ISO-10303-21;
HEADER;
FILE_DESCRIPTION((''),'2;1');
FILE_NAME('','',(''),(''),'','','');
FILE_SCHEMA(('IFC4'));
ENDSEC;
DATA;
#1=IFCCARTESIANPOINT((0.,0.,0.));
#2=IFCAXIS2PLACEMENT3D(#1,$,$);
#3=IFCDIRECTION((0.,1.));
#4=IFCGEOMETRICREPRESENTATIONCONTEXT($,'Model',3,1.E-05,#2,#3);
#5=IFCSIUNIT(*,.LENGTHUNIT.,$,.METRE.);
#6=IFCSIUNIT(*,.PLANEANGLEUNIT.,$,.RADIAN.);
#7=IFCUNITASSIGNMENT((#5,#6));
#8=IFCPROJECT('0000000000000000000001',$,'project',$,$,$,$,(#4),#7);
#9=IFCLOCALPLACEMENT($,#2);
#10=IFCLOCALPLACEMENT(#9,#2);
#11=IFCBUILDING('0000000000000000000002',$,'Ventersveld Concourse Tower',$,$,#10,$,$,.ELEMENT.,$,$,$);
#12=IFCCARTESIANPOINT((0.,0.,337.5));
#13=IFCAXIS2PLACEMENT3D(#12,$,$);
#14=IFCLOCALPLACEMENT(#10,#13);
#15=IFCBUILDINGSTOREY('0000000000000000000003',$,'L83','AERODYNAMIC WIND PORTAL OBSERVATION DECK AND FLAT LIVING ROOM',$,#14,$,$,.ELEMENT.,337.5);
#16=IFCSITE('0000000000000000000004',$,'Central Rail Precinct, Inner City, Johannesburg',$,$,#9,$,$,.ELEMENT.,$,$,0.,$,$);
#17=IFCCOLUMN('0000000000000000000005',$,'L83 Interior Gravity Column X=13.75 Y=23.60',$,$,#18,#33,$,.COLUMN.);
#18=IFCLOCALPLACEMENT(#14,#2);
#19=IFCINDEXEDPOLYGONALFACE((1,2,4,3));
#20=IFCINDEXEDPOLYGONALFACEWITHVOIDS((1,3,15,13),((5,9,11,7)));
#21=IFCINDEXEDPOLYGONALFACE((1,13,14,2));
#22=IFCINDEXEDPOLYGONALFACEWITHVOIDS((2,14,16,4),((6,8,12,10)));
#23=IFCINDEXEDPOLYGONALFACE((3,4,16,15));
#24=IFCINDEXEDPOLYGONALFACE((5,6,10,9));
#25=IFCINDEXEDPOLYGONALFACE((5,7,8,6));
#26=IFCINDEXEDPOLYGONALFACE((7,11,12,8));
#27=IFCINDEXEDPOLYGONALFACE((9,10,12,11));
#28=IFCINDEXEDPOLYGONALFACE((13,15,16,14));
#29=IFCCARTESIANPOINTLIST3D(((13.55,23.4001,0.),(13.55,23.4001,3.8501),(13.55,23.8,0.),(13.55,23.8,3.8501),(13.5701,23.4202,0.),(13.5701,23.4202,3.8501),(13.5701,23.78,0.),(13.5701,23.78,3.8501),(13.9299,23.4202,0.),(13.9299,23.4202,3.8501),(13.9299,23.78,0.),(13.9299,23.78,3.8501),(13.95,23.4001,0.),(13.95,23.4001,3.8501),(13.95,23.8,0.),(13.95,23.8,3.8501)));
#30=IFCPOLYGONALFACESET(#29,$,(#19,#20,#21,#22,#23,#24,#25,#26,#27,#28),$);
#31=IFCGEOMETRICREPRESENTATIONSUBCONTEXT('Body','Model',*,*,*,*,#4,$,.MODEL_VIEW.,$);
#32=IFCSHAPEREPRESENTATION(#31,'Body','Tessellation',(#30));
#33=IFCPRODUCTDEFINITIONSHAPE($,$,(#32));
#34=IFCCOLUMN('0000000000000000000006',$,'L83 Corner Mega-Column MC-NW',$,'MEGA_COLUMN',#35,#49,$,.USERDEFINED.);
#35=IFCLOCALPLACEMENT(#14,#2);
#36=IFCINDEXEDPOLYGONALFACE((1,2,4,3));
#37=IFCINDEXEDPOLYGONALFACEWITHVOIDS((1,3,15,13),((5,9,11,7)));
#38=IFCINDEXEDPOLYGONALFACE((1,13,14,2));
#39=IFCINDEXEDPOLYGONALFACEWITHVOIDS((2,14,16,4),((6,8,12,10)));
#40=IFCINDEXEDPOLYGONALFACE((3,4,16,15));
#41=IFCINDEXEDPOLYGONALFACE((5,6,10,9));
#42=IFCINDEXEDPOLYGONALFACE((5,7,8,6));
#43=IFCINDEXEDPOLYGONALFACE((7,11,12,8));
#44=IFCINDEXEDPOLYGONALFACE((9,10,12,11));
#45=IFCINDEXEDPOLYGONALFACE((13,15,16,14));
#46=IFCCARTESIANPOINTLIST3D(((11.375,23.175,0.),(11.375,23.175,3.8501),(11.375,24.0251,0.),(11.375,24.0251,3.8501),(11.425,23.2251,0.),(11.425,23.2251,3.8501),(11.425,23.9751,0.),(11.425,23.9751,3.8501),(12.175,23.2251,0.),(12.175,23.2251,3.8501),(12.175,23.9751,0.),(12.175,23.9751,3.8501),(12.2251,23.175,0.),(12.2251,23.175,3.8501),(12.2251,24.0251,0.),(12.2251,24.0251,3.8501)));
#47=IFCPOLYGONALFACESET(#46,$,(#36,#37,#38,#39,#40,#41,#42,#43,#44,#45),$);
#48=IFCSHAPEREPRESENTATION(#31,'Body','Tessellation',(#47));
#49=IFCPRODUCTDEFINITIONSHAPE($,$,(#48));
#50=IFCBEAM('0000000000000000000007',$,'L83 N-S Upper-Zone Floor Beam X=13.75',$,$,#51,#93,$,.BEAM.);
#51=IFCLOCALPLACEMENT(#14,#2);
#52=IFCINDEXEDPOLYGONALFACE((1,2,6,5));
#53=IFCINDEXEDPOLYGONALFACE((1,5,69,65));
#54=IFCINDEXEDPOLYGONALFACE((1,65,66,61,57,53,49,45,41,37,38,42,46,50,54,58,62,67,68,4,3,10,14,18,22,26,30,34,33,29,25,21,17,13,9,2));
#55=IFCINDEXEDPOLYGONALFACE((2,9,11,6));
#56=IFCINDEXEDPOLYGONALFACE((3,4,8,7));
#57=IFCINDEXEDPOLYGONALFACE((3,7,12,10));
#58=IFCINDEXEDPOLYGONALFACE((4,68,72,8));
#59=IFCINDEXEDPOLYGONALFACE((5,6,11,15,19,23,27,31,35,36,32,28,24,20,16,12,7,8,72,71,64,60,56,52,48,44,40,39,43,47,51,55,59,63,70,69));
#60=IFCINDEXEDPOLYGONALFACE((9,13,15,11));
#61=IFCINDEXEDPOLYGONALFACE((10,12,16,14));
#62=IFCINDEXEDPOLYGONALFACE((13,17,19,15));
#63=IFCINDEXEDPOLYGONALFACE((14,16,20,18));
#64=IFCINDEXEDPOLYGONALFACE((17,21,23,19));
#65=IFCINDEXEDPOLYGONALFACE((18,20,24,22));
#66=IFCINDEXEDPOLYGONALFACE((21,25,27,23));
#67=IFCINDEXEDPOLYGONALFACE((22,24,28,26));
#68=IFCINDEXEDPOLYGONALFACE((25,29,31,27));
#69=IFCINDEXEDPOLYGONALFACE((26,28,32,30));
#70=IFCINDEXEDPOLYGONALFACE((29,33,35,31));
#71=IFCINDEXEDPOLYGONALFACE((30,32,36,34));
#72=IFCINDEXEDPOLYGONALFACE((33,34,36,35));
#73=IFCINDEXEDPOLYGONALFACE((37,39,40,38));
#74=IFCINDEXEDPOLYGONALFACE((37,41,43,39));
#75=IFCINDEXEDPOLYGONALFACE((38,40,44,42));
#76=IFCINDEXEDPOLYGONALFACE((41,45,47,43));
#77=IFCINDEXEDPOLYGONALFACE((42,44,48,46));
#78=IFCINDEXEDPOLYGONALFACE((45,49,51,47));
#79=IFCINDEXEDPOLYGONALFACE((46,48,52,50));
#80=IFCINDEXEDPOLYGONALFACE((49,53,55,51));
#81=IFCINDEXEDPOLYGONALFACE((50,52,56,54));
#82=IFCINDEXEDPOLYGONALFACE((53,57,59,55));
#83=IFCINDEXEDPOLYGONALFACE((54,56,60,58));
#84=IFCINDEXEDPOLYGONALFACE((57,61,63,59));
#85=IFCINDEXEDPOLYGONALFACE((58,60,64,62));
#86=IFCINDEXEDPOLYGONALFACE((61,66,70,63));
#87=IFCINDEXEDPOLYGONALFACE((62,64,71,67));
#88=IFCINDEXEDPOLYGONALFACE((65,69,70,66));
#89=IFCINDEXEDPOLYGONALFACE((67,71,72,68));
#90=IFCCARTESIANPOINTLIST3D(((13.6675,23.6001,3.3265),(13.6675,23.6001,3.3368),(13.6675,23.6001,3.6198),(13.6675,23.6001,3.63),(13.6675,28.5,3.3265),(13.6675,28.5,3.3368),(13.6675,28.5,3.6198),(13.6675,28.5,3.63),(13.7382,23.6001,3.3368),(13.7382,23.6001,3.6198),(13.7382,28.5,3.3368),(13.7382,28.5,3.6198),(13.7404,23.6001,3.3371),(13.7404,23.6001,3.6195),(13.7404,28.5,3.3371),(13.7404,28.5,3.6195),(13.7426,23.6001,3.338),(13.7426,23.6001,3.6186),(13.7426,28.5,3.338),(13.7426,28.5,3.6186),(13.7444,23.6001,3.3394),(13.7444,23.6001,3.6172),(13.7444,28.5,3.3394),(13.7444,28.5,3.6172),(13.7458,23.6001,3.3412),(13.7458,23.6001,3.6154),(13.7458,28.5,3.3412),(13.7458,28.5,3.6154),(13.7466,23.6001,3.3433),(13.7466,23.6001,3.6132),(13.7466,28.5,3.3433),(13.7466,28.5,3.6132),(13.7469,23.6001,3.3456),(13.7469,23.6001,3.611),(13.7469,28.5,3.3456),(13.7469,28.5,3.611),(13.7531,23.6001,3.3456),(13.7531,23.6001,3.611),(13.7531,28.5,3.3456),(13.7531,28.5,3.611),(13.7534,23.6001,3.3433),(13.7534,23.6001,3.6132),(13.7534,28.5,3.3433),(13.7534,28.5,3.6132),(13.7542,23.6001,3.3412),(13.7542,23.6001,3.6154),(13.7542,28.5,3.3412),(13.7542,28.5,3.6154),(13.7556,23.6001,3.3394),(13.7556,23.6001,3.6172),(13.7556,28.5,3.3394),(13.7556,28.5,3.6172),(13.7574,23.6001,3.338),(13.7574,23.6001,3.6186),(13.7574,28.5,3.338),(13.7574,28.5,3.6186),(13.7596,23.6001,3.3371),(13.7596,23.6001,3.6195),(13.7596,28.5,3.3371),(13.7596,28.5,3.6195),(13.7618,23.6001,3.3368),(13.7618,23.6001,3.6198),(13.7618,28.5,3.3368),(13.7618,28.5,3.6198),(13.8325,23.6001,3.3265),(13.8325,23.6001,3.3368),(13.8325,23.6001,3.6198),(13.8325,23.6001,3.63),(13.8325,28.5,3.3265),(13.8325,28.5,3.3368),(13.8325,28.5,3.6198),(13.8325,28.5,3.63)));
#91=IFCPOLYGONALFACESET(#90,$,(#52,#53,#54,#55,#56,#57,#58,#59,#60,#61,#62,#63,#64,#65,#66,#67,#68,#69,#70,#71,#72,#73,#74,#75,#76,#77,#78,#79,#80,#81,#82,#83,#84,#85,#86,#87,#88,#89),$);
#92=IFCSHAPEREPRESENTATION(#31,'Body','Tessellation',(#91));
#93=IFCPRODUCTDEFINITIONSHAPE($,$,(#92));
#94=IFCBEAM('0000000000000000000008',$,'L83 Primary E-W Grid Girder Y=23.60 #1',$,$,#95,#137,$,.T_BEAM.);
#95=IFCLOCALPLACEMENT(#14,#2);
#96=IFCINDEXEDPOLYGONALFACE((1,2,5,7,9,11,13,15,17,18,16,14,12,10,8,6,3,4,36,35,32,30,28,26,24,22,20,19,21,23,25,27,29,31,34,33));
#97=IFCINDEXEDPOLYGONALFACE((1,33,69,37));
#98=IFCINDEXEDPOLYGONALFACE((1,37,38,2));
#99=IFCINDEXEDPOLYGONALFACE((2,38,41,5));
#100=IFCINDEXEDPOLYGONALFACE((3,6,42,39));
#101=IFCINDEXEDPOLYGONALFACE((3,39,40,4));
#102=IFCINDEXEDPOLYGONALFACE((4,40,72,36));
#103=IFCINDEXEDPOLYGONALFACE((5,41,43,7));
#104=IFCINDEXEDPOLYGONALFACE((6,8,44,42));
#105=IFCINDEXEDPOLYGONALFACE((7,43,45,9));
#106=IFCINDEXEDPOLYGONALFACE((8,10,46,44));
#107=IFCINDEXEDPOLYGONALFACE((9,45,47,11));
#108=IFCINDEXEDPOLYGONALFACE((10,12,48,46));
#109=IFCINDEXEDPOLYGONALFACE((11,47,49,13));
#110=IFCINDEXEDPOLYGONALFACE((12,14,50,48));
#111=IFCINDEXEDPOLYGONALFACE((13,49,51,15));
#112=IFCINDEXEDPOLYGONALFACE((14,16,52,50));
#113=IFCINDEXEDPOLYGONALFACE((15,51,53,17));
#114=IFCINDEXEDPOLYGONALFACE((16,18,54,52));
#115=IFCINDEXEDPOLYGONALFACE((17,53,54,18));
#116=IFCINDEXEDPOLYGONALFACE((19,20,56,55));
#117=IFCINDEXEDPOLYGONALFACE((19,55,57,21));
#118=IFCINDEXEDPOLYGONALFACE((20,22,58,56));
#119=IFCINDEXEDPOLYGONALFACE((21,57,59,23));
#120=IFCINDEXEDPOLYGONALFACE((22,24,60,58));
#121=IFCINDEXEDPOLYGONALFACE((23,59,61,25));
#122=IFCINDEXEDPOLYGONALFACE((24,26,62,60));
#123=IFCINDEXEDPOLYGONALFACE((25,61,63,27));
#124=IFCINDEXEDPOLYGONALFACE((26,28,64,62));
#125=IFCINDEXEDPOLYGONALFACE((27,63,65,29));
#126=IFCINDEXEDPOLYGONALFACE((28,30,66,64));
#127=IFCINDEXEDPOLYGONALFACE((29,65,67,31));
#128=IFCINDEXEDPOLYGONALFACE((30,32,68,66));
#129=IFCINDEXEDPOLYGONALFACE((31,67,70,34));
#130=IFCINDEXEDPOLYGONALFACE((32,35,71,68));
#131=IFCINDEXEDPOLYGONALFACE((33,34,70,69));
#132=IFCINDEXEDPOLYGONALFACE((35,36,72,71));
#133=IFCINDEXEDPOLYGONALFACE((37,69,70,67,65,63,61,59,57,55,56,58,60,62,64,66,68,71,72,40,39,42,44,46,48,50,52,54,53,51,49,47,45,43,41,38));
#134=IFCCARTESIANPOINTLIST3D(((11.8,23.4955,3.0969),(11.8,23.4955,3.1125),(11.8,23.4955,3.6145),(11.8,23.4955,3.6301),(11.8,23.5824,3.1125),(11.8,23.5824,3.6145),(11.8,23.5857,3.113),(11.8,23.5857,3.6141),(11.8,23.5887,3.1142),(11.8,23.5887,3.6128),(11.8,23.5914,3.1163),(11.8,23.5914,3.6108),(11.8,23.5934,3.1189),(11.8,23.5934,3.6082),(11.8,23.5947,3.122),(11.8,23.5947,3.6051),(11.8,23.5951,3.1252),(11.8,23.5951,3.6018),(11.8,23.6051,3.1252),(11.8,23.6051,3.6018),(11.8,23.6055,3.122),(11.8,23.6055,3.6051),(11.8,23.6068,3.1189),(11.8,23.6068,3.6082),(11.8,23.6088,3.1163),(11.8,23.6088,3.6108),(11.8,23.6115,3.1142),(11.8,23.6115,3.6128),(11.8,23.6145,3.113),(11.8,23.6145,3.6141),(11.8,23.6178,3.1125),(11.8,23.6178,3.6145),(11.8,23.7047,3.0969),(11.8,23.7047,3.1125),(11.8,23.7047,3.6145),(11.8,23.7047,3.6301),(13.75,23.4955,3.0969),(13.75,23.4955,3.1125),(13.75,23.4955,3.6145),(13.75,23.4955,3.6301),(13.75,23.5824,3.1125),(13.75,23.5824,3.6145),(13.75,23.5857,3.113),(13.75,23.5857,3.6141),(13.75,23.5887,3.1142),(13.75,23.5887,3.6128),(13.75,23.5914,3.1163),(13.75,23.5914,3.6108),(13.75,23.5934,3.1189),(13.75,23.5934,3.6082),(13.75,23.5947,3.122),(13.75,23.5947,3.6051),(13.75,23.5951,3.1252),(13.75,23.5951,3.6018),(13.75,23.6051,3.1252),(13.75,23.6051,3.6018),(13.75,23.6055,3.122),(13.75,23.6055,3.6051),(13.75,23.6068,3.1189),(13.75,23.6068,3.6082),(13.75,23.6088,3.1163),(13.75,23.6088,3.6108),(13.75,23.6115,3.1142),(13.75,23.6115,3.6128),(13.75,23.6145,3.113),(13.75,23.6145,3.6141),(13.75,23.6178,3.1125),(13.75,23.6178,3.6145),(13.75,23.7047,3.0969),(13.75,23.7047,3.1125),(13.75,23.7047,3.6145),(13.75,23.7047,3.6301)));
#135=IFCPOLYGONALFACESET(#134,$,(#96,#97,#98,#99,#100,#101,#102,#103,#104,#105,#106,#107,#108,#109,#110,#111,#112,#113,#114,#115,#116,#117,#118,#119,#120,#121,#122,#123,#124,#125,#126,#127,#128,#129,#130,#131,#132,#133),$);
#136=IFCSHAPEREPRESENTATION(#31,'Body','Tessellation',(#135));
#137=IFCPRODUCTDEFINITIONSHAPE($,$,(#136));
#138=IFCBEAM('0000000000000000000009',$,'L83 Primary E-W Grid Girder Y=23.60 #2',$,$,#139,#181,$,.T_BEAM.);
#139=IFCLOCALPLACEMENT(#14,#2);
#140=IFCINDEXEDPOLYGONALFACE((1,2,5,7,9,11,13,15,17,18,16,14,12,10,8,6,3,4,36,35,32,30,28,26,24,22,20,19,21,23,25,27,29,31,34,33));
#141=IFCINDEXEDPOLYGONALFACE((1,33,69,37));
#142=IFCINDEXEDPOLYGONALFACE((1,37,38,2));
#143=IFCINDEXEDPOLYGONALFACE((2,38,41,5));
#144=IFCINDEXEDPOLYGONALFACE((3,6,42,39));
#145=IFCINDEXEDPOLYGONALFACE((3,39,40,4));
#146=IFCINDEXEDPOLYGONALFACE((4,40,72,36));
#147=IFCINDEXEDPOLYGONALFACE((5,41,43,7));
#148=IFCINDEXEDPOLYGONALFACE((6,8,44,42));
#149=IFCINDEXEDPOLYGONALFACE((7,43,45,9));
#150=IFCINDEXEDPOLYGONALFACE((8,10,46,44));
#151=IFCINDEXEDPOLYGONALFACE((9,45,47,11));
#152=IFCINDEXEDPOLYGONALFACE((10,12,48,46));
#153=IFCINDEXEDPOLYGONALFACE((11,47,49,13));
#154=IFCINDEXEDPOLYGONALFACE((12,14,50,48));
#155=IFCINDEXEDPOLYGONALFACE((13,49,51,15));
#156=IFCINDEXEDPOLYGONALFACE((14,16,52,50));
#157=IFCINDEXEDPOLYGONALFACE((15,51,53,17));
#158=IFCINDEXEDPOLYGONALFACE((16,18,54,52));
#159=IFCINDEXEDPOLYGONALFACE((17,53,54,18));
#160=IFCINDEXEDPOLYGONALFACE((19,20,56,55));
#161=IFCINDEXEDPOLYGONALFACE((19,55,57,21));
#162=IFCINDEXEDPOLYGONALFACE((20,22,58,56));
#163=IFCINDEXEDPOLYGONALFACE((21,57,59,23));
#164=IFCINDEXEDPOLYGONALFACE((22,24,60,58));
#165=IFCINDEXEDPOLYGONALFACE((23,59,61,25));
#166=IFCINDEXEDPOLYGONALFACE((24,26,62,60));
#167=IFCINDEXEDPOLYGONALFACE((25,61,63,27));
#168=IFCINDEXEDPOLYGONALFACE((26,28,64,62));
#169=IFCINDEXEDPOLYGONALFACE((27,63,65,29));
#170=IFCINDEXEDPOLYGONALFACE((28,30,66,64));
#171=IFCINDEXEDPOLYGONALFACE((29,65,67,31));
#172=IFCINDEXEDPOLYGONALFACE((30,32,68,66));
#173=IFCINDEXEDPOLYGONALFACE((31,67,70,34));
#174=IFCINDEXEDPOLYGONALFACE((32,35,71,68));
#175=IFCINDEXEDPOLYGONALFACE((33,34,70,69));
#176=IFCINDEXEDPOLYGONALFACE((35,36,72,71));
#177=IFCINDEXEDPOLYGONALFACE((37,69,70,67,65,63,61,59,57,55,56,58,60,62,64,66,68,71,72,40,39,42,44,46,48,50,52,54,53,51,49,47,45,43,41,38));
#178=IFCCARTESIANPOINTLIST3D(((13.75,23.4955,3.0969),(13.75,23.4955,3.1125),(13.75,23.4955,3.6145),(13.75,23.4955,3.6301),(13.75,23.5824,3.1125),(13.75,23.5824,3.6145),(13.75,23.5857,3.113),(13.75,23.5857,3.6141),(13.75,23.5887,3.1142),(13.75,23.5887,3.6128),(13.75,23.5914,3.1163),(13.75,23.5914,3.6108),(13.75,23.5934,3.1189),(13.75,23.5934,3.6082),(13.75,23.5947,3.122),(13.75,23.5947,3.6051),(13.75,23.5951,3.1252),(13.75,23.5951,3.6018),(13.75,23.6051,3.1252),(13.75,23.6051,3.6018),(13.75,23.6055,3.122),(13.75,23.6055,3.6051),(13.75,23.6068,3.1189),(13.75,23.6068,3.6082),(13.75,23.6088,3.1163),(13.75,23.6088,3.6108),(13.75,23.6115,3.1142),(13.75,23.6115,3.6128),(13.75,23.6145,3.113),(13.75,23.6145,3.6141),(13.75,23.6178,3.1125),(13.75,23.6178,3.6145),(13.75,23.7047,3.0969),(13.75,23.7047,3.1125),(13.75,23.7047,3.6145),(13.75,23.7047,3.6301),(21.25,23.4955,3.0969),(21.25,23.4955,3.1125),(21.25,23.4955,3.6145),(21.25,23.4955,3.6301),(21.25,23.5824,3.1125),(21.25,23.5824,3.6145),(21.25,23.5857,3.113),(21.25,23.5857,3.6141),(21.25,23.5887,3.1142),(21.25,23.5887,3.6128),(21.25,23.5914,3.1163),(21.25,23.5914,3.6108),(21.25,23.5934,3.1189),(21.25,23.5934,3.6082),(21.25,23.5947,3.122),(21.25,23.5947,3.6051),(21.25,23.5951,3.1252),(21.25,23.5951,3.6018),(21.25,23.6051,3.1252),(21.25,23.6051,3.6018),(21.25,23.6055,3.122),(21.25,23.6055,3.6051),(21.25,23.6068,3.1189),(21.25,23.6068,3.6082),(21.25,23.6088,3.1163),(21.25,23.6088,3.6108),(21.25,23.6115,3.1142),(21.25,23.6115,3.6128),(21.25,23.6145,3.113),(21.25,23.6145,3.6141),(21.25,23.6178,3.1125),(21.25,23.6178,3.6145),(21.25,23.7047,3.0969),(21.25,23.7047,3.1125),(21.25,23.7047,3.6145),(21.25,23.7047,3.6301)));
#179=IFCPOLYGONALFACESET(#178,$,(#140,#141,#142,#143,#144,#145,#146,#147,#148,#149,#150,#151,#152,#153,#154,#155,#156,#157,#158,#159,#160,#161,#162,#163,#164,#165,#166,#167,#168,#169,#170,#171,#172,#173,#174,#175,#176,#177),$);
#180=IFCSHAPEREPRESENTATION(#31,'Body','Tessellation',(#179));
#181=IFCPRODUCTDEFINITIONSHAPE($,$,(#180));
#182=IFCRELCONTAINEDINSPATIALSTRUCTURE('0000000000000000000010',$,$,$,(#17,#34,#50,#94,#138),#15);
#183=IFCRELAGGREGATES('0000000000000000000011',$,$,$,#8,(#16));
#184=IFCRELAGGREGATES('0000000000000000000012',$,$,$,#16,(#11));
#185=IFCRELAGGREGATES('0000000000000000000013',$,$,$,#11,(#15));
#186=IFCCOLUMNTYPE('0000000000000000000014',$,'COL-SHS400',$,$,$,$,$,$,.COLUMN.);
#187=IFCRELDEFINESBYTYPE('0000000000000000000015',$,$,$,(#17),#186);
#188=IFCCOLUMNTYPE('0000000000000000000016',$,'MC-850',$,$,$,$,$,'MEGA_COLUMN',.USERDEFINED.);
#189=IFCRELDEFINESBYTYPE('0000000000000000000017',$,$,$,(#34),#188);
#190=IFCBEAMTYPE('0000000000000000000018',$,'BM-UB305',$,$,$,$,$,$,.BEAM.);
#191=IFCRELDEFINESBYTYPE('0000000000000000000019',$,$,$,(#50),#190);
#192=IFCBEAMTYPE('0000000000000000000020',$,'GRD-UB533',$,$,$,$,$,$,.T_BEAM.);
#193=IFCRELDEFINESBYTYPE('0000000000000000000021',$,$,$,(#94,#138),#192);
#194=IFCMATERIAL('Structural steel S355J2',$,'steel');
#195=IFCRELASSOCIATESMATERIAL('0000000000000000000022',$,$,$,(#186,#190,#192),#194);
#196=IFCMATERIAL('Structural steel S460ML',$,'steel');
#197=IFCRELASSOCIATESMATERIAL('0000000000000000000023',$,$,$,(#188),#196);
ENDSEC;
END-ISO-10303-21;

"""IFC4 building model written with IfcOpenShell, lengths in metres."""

from ifc_helpers import new_model, si_unit, direction, frame, origin, origin_2d, place, context, subcontext, project, spatial, hollow_rectangle, i_section, extrude, material, material_profile, profile_set, type_object, element, save


model = new_model("IFC4")

# Units and contexts
model_context = context("Model", 3, precision=1e-05, world=origin(), true_north=direction((0.0, 1.0)))
body_context = subcontext(model_context, "Body", "Model", "MODEL_VIEW")
ifc_project = project(units=[si_unit("LENGTHUNIT", "METRE"), si_unit("PLANEANGLEUNIT", "RADIAN")], contexts=[model_context])

# Site, building, storey
site_placement = place(None, origin())
site = spatial("IfcSite", under=ifc_project, at=site_placement, Name="Central Rail Precinct, Inner City, Johannesburg", CompositionType="ELEMENT", RefElevation=0.0)
building_placement = place(site_placement, origin())
building = spatial("IfcBuilding", under=site, at=building_placement, Name="Ventersveld Concourse Tower", CompositionType="ELEMENT")
storey_placement = place(building_placement, frame((0.0, 0.0, 337.5)))
storey = spatial("IfcBuildingStorey", under=building, at=storey_placement, Name="L83", Description="AERODYNAMIC WIND PORTAL OBSERVATION DECK AND FLAT LIVING ROOM", CompositionType="ELEMENT", Elevation=337.5)

# Columns
ifc_material_1 = material(Name="Structural steel S355J2", Category="steel")
ifc_material_profile_1 = material_profile(ifc_material_1, hollow_rectangle(XDim=0.3999, YDim=0.3999, WallThickness=0.02, at=origin_2d()), Name="SHS 400x400x20")
ifc_profile_set_1 = profile_set([ifc_material_profile_1], Name="Structural steel S355J2")
column_type_1 = type_object("IfcColumnType", Name="COL-SHS400", PredefinedType="COLUMN", material=ifc_profile_set_1)
column_1_placement = place(storey_placement, frame((13.75, 23.6001, 0.0), z_axis=(0.0, 0.0, 1.0), x_axis=(1.0, 0.0, 0.0)))
element("IfcColumn", 1, at=column_1_placement, inside=storey, type_object=column_type_1, Name="L83 Interior Gravity Column X=13.75 Y=23.60", PredefinedType="COLUMN", context=body_context, shape_type="SweptSolid", body=[
    extrude(hollow_rectangle(XDim=0.3999, YDim=0.3999, WallThickness=0.02, at=origin_2d()), origin(), (0.0, 0.0, 1.0), 3.8501),
])
ifc_material_2 = material(Name="Structural steel S460ML", Category="steel")
ifc_material_profile_2 = material_profile(ifc_material_2, hollow_rectangle(XDim=0.8501, YDim=0.8501, WallThickness=0.05, at=origin_2d()), Name="BOX 850x850x50")
ifc_profile_set_2 = profile_set([ifc_material_profile_2], Name="Structural steel S460ML")
column_type_2 = type_object("IfcColumnType", Name="MC-850", ElementType="MEGA_COLUMN", PredefinedType="USERDEFINED", material=ifc_profile_set_2)
column_2_placement = place(storey_placement, frame((11.8, 23.6001, 0.0), z_axis=(0.0, 0.0, 1.0), x_axis=(1.0, 0.0, 0.0)))
element("IfcColumn", 2, at=column_2_placement, inside=storey, type_object=column_type_2, Name="L83 Corner Mega-Column MC-NW", ObjectType="MEGA_COLUMN", PredefinedType="USERDEFINED", context=body_context, shape_type="SweptSolid", body=[
    extrude(hollow_rectangle(XDim=0.8501, YDim=0.8501, WallThickness=0.05, at=origin_2d()), origin(), (0.0, 0.0, 1.0), 3.8501),
])

# Beams
ifc_material_profile_3 = material_profile(ifc_material_1, i_section(OverallWidth=0.165, OverallDepth=0.3035, WebThickness=0.0061, FlangeThickness=0.0103, FilletRadius=0.0088, at=origin_2d()), Name="UB 305x165x40")
ifc_profile_set_3 = profile_set([ifc_material_profile_3], Name="Structural steel S355J2")
beam_type_1 = type_object("IfcBeamType", Name="BM-UB305", PredefinedType="BEAM", material=ifc_profile_set_3)
beam_1_placement = place(storey_placement, frame((13.75, 23.6001, 3.4783), z_axis=(0.0, 1.0, 0.0), x_axis=(-1.0, 0.0, 0.0)))
element("IfcBeam", 3, at=beam_1_placement, inside=storey, type_object=beam_type_1, Name="L83 N-S Upper-Zone Floor Beam X=13.75", PredefinedType="BEAM", context=body_context, shape_type="SweptSolid", body=[
    extrude(i_section(OverallWidth=0.165, OverallDepth=0.3035, WebThickness=0.0061, FlangeThickness=0.0103, FilletRadius=0.0088, at=origin_2d()), origin(), (0.0, 0.0, 1.0), 4.8999),
])
ifc_material_profile_4 = material_profile(ifc_material_1, i_section(OverallWidth=0.2092, OverallDepth=0.5332, WebThickness=0.01, FlangeThickness=0.0156, FilletRadius=0.0127, at=origin_2d()), Name="UB 533x210x92")
ifc_profile_set_4 = profile_set([ifc_material_profile_4], Name="Structural steel S355J2")
beam_type_2 = type_object("IfcBeamType", Name="GRD-UB533", PredefinedType="T_BEAM", material=ifc_profile_set_4)
beam_2_placement = place(storey_placement, frame((11.8, 23.6001, 3.3635), z_axis=(1.0, 0.0, 0.0), x_axis=(0.0, 1.0, 0.0)))
element("IfcBeam", 4, at=beam_2_placement, inside=storey, type_object=beam_type_2, Name="L83 Primary E-W Grid Girder Y=23.60 #1", PredefinedType="T_BEAM", context=body_context, shape_type="SweptSolid", body=[
    extrude(i_section(OverallWidth=0.2092, OverallDepth=0.5332, WebThickness=0.01, FlangeThickness=0.0156, FilletRadius=0.0127, at=origin_2d()), origin(), (0.0, 0.0, 1.0), 1.95),
])
beam_3_placement = place(storey_placement, frame((13.75, 23.6001, 3.3635), z_axis=(1.0, 0.0, 0.0), x_axis=(0.0, 1.0, 0.0)))
element("IfcBeam", 5, at=beam_3_placement, inside=storey, type_object=beam_type_2, Name="L83 Primary E-W Grid Girder Y=23.60 #2", PredefinedType="T_BEAM", context=body_context, shape_type="SweptSolid", body=[
    extrude(i_section(OverallWidth=0.2092, OverallDepth=0.5332, WebThickness=0.01, FlangeThickness=0.0156, FilletRadius=0.0127, at=origin_2d()), origin(), (0.0, 0.0, 1.0), 7.5),
])

save(model, "model.ifc")
